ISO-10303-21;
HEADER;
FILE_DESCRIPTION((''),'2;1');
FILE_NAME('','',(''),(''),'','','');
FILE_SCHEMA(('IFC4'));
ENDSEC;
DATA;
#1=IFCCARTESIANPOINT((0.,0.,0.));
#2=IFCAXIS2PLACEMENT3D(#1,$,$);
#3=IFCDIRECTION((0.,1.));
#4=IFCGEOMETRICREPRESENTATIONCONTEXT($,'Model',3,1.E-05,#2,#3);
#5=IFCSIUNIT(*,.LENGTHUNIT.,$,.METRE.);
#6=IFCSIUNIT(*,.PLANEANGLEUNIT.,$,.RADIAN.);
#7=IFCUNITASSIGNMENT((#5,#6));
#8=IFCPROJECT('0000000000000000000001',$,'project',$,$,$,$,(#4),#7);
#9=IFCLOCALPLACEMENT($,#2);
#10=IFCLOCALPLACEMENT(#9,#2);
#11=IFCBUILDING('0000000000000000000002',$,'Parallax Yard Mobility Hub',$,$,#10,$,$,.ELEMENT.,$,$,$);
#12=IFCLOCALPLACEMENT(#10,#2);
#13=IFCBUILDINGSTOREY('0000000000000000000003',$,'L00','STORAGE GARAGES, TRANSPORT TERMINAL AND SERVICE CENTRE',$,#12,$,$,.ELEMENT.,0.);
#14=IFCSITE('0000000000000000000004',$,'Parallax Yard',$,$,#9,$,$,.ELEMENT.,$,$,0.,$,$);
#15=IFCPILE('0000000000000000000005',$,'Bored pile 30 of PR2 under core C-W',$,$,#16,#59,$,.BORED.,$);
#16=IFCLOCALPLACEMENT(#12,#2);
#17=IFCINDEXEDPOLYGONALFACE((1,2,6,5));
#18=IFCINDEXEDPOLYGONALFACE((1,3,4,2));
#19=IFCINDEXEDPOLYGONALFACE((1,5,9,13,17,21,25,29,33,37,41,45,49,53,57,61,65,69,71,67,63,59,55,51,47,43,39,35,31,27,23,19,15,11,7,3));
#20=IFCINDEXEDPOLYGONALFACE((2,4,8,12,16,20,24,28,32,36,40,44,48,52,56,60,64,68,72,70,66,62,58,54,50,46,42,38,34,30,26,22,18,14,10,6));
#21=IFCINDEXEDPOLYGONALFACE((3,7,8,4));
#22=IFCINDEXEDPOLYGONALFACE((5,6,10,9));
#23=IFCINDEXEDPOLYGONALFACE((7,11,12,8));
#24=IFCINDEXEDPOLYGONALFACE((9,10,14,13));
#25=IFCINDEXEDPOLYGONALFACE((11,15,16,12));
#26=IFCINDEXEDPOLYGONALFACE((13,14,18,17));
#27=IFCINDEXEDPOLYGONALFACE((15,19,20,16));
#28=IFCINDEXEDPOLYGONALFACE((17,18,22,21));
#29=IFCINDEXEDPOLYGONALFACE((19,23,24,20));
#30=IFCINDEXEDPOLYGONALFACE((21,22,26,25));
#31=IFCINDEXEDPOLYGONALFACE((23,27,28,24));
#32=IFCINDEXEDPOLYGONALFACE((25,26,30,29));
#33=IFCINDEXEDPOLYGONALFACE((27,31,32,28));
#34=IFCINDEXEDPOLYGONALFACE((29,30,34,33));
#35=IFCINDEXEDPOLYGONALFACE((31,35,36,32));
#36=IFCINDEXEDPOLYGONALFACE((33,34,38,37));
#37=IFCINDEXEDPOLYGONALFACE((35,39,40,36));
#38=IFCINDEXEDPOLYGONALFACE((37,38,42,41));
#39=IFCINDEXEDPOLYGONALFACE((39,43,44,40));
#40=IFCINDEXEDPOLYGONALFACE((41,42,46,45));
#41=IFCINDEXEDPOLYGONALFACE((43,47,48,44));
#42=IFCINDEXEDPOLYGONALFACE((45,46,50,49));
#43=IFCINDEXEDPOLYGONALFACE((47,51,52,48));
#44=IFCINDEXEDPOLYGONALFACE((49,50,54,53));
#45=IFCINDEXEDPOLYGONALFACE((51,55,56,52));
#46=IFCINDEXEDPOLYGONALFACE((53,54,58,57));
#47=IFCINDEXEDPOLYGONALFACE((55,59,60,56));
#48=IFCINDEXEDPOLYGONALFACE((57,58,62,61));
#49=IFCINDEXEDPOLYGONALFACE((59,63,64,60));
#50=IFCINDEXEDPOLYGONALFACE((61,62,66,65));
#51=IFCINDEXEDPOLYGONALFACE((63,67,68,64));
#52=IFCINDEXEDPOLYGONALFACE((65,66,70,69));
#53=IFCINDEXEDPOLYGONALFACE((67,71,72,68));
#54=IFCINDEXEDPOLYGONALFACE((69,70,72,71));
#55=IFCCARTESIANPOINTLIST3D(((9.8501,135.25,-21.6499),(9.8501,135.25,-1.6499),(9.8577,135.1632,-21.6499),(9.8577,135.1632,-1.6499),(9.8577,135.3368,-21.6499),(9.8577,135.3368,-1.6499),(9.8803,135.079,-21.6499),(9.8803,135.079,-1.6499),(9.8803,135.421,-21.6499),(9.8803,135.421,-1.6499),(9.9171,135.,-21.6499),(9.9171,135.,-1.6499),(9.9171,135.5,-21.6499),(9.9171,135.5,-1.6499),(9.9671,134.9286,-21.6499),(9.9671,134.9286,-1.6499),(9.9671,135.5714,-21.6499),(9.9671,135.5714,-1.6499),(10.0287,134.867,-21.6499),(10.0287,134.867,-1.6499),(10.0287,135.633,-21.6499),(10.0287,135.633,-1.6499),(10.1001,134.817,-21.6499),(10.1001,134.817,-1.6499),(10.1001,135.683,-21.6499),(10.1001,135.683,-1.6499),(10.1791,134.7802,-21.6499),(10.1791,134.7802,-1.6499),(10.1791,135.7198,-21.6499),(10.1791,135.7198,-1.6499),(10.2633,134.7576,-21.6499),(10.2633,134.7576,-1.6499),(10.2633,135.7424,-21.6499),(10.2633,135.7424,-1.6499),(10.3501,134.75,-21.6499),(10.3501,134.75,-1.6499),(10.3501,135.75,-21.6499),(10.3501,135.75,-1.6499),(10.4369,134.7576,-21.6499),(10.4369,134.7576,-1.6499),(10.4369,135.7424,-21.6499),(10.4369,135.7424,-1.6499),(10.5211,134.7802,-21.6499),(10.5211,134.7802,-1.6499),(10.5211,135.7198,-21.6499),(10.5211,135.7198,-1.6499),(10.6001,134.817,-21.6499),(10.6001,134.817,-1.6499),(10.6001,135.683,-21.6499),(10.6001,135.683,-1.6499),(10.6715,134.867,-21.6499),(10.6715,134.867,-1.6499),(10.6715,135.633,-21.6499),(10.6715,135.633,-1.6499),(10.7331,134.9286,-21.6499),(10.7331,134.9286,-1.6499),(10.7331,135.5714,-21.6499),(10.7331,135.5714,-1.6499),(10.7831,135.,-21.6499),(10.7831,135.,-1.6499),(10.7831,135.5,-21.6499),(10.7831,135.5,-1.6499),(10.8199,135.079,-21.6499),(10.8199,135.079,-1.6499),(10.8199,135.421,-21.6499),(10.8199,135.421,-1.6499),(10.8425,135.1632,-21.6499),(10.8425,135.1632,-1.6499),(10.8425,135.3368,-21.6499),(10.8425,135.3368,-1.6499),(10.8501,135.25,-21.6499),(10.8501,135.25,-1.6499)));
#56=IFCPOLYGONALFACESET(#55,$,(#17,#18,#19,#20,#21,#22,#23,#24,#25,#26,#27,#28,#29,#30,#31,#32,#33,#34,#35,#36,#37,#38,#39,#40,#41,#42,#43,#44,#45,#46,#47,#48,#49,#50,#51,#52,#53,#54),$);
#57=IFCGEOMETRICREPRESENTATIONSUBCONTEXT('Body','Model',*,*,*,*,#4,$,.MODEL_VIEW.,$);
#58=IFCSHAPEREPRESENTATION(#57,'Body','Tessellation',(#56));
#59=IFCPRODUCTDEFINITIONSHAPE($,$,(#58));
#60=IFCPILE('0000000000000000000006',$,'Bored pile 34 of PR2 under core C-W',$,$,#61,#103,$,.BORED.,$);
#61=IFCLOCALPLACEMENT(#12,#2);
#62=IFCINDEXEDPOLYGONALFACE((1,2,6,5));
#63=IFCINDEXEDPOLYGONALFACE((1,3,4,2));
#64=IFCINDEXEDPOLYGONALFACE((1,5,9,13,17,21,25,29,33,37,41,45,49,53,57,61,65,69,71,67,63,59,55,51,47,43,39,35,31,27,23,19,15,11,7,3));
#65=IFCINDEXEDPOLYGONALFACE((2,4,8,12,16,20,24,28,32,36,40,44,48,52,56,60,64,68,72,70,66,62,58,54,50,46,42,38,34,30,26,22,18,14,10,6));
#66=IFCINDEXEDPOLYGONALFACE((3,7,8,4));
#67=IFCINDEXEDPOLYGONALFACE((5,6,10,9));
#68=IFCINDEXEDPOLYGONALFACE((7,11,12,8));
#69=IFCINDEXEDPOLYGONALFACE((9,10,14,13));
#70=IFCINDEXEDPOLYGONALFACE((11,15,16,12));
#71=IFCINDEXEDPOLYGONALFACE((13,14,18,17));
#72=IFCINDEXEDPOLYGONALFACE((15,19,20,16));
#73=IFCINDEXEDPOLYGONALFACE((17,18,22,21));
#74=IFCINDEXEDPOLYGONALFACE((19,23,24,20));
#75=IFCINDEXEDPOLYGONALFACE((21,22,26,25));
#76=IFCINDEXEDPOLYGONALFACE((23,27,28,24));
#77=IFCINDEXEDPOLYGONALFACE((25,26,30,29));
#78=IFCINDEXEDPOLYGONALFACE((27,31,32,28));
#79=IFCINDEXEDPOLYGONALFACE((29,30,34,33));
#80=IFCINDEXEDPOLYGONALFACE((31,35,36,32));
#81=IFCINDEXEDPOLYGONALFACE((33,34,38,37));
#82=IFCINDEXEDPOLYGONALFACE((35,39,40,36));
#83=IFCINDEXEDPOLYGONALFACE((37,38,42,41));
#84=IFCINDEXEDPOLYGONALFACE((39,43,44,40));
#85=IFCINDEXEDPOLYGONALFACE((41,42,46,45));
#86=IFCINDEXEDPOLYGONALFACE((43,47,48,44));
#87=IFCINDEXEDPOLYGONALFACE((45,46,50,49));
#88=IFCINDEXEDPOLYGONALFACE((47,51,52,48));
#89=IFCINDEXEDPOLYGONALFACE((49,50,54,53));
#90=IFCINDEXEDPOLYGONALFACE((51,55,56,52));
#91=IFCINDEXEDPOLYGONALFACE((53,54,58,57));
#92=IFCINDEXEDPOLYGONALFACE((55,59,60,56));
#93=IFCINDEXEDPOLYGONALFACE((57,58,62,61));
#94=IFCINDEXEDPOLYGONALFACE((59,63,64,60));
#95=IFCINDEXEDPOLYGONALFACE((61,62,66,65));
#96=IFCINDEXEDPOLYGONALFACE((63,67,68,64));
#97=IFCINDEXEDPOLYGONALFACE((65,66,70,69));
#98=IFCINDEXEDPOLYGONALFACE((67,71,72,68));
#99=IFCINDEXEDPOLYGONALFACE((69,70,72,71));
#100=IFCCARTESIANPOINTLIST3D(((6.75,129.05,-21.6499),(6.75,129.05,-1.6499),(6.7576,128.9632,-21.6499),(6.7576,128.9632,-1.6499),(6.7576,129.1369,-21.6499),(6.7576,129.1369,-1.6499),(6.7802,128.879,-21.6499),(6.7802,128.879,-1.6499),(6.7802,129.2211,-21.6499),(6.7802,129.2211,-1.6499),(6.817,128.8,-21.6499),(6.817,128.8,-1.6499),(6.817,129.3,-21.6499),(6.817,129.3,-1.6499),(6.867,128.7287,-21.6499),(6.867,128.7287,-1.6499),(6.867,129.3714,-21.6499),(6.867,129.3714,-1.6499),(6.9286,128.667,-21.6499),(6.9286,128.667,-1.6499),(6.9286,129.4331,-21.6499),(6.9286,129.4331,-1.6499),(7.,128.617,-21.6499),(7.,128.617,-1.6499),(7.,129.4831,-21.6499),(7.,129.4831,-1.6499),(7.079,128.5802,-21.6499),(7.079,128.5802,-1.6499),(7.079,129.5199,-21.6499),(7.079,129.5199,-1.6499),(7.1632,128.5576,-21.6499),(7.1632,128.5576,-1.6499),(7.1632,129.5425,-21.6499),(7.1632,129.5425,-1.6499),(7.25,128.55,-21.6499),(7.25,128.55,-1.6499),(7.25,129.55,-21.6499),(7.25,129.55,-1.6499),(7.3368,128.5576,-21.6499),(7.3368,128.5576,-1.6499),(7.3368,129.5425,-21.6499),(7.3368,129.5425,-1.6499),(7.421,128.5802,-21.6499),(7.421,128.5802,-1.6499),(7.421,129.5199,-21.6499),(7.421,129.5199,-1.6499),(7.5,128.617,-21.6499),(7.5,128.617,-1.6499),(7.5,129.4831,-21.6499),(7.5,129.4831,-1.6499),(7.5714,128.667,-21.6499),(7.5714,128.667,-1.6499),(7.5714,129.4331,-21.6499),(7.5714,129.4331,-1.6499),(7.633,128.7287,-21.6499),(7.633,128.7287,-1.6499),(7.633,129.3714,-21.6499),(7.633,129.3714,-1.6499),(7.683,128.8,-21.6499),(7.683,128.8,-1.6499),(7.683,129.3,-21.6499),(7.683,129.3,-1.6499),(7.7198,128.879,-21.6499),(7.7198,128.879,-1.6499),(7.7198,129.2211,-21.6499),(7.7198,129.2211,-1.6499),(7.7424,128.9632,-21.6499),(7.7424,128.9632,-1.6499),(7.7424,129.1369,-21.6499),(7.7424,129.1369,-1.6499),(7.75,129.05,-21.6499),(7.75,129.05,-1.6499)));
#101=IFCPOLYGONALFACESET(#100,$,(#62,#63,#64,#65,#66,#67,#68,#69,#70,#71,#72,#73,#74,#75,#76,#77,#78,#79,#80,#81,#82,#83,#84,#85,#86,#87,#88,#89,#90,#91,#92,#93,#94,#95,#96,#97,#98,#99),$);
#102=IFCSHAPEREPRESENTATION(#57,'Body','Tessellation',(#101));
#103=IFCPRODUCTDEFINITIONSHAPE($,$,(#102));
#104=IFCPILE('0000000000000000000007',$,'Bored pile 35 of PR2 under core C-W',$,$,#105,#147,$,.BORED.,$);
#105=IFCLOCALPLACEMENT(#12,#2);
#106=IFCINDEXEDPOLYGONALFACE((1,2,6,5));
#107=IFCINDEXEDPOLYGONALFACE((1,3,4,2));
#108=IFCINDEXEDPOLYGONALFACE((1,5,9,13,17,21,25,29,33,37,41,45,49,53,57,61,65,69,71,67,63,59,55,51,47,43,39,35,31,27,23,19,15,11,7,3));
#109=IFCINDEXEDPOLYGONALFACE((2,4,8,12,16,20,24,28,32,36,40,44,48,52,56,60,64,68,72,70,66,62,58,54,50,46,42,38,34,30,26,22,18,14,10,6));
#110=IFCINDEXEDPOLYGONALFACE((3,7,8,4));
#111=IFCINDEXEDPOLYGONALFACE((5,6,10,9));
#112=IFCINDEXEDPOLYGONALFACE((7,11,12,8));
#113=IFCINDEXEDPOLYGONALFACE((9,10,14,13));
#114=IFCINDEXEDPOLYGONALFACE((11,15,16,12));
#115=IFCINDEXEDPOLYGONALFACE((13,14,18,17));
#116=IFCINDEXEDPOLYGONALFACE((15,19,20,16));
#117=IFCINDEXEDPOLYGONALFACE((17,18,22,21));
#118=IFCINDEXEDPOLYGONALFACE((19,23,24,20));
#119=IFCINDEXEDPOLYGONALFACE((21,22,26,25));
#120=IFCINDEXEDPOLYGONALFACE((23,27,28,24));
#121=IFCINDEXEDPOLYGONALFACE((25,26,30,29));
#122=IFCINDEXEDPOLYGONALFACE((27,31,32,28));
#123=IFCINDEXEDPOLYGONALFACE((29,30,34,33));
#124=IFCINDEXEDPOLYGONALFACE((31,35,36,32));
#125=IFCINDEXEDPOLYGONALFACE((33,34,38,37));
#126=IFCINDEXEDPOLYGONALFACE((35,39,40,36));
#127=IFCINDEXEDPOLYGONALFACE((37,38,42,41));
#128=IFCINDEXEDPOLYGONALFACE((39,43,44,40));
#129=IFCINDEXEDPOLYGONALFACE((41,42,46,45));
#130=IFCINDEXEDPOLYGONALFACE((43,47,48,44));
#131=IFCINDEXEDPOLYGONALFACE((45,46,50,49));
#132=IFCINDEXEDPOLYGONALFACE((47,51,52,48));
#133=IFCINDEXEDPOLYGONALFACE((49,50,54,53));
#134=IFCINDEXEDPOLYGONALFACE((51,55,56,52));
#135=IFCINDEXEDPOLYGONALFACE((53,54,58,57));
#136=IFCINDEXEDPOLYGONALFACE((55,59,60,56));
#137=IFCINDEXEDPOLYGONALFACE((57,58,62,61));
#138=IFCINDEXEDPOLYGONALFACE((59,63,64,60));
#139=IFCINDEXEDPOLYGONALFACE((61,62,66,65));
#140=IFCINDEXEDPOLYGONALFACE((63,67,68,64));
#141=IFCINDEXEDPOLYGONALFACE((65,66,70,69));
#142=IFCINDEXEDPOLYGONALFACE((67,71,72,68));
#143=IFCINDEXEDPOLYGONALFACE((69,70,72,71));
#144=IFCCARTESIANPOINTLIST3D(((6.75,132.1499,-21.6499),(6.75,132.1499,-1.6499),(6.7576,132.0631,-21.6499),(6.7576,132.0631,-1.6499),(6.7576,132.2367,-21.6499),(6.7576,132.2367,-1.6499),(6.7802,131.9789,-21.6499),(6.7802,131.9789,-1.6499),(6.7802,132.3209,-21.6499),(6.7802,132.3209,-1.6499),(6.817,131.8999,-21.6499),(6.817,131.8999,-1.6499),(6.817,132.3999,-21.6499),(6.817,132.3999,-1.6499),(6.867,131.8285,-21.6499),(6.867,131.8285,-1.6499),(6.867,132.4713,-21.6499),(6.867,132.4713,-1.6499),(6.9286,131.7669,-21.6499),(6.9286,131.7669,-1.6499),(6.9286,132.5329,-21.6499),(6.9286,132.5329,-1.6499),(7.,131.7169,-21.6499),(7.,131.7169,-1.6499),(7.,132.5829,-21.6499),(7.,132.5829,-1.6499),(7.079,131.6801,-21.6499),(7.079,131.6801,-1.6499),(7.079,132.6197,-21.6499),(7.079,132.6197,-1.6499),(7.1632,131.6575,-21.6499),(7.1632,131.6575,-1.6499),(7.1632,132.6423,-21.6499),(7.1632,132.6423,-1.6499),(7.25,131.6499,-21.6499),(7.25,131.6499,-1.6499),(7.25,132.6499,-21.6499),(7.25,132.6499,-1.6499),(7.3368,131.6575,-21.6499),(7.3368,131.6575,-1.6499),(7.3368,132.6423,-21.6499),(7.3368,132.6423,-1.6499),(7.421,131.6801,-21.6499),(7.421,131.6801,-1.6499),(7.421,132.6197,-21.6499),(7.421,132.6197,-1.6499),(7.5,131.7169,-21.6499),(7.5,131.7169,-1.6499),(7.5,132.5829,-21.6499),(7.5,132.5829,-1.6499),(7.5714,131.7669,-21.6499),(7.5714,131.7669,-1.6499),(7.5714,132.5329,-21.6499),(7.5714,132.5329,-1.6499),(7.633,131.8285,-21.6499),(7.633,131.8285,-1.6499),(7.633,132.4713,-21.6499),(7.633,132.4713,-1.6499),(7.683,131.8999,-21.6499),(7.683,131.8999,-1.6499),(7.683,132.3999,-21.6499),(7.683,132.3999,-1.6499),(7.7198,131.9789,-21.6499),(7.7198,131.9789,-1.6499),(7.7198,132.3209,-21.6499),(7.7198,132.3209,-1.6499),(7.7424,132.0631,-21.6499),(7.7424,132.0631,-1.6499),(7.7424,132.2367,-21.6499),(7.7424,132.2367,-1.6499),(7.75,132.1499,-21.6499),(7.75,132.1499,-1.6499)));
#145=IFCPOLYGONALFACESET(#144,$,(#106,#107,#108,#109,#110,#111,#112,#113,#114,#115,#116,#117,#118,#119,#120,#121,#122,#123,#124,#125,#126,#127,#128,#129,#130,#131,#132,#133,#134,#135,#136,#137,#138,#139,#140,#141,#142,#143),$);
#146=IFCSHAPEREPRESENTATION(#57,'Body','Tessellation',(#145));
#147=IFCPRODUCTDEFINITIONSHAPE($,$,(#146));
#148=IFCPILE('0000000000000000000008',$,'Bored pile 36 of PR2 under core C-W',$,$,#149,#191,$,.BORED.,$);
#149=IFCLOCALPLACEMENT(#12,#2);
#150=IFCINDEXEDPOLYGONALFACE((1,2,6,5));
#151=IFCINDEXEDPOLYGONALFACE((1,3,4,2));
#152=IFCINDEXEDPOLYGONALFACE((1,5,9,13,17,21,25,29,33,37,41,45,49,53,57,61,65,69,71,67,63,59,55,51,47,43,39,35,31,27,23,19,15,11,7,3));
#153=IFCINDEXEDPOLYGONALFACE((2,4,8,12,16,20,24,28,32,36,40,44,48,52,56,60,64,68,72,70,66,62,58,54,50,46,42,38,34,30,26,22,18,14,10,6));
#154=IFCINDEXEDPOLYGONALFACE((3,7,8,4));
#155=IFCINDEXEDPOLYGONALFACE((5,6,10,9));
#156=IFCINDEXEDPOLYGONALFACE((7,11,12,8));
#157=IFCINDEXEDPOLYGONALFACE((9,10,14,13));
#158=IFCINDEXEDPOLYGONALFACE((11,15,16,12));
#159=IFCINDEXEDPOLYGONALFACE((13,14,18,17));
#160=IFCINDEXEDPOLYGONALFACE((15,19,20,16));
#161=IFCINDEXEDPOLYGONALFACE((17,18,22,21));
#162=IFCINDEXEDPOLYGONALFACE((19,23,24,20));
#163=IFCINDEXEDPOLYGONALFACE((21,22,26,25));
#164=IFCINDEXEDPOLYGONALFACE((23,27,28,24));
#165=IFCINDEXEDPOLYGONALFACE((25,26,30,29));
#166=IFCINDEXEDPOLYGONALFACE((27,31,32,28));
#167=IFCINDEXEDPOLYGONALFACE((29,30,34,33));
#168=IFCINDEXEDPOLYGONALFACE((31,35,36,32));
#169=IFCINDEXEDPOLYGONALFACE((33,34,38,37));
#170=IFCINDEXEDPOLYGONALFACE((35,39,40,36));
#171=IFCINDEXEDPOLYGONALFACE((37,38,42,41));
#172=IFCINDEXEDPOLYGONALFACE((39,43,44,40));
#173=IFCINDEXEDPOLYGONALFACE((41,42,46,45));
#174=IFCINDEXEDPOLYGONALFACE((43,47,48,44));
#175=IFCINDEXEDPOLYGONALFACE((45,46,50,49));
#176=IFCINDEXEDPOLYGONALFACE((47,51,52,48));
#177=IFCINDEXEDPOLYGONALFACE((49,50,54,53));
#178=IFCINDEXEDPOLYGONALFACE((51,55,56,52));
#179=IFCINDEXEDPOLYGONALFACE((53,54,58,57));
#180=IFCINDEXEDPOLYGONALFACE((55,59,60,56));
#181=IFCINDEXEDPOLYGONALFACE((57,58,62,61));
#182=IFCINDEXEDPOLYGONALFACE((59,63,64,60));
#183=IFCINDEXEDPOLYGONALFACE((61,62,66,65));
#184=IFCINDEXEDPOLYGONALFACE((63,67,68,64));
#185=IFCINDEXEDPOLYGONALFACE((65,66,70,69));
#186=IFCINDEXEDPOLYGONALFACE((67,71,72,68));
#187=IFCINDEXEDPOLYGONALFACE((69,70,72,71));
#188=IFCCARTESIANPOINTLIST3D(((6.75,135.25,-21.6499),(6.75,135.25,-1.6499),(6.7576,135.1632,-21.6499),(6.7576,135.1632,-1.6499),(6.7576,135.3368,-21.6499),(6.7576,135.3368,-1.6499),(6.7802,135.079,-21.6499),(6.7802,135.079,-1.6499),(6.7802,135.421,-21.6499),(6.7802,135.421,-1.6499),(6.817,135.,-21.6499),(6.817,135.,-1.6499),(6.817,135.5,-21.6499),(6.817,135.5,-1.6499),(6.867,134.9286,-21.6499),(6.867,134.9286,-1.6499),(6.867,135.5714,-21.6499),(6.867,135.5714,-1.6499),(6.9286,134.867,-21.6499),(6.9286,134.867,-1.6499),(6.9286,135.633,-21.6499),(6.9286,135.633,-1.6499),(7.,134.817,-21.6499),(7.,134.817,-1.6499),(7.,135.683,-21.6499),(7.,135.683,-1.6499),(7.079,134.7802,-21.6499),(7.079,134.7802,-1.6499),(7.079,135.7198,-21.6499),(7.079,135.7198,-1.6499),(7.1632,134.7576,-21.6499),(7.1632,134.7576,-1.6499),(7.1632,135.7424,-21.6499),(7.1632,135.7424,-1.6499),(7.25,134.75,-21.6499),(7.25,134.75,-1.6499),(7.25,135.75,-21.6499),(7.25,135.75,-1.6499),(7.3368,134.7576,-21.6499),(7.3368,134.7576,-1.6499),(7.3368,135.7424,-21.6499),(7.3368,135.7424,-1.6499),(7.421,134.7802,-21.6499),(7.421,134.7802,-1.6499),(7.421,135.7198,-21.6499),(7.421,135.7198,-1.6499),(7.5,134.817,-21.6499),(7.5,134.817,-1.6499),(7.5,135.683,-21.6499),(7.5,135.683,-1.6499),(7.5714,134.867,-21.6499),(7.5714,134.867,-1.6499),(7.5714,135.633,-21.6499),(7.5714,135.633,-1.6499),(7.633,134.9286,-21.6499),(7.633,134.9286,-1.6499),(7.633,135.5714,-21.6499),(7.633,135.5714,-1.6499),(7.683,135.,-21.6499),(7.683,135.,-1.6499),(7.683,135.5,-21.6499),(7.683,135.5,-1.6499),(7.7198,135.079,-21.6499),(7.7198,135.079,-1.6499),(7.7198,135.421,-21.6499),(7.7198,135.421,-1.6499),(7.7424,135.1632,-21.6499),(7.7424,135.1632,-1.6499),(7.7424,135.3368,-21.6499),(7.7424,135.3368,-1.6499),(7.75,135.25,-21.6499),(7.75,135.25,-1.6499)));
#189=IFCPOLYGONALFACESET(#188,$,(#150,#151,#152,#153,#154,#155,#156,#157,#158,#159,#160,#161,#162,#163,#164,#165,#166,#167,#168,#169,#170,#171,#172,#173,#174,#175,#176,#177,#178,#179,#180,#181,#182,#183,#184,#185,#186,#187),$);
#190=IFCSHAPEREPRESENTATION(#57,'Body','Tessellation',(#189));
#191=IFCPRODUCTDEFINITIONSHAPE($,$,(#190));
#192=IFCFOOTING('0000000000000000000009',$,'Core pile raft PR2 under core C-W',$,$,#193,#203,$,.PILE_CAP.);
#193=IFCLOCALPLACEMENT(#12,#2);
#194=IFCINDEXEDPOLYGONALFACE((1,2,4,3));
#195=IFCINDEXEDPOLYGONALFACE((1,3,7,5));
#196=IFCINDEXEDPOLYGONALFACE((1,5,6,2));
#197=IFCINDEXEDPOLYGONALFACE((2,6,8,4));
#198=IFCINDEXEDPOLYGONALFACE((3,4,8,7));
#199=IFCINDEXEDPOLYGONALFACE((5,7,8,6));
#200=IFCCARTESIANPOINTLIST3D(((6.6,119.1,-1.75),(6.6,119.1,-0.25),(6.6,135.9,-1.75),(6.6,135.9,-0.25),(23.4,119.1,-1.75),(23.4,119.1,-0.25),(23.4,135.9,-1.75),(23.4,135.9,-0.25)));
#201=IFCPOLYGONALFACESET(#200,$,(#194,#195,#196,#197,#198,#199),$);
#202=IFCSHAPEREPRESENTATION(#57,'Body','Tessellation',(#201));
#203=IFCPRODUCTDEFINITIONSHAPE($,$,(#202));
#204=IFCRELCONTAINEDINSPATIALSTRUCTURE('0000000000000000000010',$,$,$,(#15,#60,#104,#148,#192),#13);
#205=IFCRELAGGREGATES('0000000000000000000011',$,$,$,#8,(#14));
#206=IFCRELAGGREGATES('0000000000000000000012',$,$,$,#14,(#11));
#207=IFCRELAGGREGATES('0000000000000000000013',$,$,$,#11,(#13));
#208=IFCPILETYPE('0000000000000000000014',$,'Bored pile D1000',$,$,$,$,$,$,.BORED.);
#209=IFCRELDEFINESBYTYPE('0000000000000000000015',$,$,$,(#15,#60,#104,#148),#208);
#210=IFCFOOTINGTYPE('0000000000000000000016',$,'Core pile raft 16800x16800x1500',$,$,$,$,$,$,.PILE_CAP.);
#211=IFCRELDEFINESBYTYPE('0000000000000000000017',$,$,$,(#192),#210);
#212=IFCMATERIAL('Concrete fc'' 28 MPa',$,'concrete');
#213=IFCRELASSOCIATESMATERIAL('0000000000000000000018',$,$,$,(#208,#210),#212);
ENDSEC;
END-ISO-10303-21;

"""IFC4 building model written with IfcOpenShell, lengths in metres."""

from ifc_helpers import new_model, si_unit, direction, frame, origin, origin_2d, place, context, subcontext, project, spatial, rectangle, circle, extrude, material, material_profile, profile_set, type_object, element, save


model = new_model("IFC4")

# Units and contexts
model_context = context("Model", 3, precision=1e-05, world=origin(), true_north=direction((0.0, 1.0)))
body_context = subcontext(model_context, "Body", "Model", "MODEL_VIEW")
ifc_project = project(units=[si_unit("LENGTHUNIT", "METRE"), si_unit("PLANEANGLEUNIT", "RADIAN")], contexts=[model_context])

# Site, building, storey
site_placement = place(None, origin())
site = spatial("IfcSite", under=ifc_project, at=site_placement, Name="Parallax Yard", CompositionType="ELEMENT", RefElevation=0.0)
building_placement = place(site_placement, origin())
building = spatial("IfcBuilding", under=site, at=building_placement, Name="Parallax Yard Mobility Hub", CompositionType="ELEMENT")
storey_placement = place(building_placement, origin())
storey = spatial("IfcBuildingStorey", under=building, at=storey_placement, Name="L00", Description="STORAGE GARAGES, TRANSPORT TERMINAL AND SERVICE CENTRE", CompositionType="ELEMENT", Elevation=0.0)

# Piles
ifc_material_1 = material(Name="Concrete fc' 28 MPa", Category="concrete")
ifc_material_profile = material_profile(ifc_material_1, circle(Radius=0.5, at=origin_2d()), Name="Bored pile D1000")
ifc_profile_set = profile_set([ifc_material_profile], Name="Concrete fc' 28 MPa")
pile_type = type_object("IfcPileType", Name="Bored pile D1000", PredefinedType="BORED", material=ifc_profile_set)
for number, where, z_axis, x_axis, name in (
    (1, (10.3501, 135.25, -1.6499), (0.0, 0.0, -1.0), (1.0, 0.0, 0.0), "Bored pile 30 of PR2 under core C-W"),
    (2, (7.25, 129.05, -1.6499), (0.0, 0.0, -1.0), (1.0, 0.0, 0.0), "Bored pile 34 of PR2 under core C-W"),
    (3, (7.25, 132.1499, -1.6499), (0.0, 0.0, -1.0), (1.0, 0.0, 0.0), "Bored pile 35 of PR2 under core C-W"),
    (4, (7.25, 135.25, -1.6499), (0.0, 0.0, -1.0), (1.0, 0.0, 0.0), "Bored pile 36 of PR2 under core C-W"),
):
    element("IfcPile", number, at=place(storey_placement, frame(where, z_axis=z_axis, x_axis=x_axis)), inside=storey, type_object=pile_type, Name=name, PredefinedType="BORED", context=body_context, shape_type="SweptSolid", body=[
        extrude(circle(Radius=0.5, at=origin_2d()), origin(), (0.0, 0.0, 1.0), 20.0),
    ])

# Footing
footing_type = type_object("IfcFootingType", Name="Core pile raft 16800x16800x1500", PredefinedType="PILE_CAP", material=ifc_material_1)
footing_placement = place(storey_placement, frame((15.0, 127.5, -1.75), z_axis=(0.0, 0.0, 1.0), x_axis=(0.0, 1.0, 0.0)))
element("IfcFooting", 5, at=footing_placement, inside=storey, type_object=footing_type, Name="Core pile raft PR2 under core C-W", PredefinedType="PILE_CAP", context=body_context, shape_type="SweptSolid", body=[
    extrude(rectangle(XDim=16.8, YDim=16.8, at=origin_2d()), origin(), (0.0, 0.0, 1.0), 1.5),
])

save(model, "model.ifc")
